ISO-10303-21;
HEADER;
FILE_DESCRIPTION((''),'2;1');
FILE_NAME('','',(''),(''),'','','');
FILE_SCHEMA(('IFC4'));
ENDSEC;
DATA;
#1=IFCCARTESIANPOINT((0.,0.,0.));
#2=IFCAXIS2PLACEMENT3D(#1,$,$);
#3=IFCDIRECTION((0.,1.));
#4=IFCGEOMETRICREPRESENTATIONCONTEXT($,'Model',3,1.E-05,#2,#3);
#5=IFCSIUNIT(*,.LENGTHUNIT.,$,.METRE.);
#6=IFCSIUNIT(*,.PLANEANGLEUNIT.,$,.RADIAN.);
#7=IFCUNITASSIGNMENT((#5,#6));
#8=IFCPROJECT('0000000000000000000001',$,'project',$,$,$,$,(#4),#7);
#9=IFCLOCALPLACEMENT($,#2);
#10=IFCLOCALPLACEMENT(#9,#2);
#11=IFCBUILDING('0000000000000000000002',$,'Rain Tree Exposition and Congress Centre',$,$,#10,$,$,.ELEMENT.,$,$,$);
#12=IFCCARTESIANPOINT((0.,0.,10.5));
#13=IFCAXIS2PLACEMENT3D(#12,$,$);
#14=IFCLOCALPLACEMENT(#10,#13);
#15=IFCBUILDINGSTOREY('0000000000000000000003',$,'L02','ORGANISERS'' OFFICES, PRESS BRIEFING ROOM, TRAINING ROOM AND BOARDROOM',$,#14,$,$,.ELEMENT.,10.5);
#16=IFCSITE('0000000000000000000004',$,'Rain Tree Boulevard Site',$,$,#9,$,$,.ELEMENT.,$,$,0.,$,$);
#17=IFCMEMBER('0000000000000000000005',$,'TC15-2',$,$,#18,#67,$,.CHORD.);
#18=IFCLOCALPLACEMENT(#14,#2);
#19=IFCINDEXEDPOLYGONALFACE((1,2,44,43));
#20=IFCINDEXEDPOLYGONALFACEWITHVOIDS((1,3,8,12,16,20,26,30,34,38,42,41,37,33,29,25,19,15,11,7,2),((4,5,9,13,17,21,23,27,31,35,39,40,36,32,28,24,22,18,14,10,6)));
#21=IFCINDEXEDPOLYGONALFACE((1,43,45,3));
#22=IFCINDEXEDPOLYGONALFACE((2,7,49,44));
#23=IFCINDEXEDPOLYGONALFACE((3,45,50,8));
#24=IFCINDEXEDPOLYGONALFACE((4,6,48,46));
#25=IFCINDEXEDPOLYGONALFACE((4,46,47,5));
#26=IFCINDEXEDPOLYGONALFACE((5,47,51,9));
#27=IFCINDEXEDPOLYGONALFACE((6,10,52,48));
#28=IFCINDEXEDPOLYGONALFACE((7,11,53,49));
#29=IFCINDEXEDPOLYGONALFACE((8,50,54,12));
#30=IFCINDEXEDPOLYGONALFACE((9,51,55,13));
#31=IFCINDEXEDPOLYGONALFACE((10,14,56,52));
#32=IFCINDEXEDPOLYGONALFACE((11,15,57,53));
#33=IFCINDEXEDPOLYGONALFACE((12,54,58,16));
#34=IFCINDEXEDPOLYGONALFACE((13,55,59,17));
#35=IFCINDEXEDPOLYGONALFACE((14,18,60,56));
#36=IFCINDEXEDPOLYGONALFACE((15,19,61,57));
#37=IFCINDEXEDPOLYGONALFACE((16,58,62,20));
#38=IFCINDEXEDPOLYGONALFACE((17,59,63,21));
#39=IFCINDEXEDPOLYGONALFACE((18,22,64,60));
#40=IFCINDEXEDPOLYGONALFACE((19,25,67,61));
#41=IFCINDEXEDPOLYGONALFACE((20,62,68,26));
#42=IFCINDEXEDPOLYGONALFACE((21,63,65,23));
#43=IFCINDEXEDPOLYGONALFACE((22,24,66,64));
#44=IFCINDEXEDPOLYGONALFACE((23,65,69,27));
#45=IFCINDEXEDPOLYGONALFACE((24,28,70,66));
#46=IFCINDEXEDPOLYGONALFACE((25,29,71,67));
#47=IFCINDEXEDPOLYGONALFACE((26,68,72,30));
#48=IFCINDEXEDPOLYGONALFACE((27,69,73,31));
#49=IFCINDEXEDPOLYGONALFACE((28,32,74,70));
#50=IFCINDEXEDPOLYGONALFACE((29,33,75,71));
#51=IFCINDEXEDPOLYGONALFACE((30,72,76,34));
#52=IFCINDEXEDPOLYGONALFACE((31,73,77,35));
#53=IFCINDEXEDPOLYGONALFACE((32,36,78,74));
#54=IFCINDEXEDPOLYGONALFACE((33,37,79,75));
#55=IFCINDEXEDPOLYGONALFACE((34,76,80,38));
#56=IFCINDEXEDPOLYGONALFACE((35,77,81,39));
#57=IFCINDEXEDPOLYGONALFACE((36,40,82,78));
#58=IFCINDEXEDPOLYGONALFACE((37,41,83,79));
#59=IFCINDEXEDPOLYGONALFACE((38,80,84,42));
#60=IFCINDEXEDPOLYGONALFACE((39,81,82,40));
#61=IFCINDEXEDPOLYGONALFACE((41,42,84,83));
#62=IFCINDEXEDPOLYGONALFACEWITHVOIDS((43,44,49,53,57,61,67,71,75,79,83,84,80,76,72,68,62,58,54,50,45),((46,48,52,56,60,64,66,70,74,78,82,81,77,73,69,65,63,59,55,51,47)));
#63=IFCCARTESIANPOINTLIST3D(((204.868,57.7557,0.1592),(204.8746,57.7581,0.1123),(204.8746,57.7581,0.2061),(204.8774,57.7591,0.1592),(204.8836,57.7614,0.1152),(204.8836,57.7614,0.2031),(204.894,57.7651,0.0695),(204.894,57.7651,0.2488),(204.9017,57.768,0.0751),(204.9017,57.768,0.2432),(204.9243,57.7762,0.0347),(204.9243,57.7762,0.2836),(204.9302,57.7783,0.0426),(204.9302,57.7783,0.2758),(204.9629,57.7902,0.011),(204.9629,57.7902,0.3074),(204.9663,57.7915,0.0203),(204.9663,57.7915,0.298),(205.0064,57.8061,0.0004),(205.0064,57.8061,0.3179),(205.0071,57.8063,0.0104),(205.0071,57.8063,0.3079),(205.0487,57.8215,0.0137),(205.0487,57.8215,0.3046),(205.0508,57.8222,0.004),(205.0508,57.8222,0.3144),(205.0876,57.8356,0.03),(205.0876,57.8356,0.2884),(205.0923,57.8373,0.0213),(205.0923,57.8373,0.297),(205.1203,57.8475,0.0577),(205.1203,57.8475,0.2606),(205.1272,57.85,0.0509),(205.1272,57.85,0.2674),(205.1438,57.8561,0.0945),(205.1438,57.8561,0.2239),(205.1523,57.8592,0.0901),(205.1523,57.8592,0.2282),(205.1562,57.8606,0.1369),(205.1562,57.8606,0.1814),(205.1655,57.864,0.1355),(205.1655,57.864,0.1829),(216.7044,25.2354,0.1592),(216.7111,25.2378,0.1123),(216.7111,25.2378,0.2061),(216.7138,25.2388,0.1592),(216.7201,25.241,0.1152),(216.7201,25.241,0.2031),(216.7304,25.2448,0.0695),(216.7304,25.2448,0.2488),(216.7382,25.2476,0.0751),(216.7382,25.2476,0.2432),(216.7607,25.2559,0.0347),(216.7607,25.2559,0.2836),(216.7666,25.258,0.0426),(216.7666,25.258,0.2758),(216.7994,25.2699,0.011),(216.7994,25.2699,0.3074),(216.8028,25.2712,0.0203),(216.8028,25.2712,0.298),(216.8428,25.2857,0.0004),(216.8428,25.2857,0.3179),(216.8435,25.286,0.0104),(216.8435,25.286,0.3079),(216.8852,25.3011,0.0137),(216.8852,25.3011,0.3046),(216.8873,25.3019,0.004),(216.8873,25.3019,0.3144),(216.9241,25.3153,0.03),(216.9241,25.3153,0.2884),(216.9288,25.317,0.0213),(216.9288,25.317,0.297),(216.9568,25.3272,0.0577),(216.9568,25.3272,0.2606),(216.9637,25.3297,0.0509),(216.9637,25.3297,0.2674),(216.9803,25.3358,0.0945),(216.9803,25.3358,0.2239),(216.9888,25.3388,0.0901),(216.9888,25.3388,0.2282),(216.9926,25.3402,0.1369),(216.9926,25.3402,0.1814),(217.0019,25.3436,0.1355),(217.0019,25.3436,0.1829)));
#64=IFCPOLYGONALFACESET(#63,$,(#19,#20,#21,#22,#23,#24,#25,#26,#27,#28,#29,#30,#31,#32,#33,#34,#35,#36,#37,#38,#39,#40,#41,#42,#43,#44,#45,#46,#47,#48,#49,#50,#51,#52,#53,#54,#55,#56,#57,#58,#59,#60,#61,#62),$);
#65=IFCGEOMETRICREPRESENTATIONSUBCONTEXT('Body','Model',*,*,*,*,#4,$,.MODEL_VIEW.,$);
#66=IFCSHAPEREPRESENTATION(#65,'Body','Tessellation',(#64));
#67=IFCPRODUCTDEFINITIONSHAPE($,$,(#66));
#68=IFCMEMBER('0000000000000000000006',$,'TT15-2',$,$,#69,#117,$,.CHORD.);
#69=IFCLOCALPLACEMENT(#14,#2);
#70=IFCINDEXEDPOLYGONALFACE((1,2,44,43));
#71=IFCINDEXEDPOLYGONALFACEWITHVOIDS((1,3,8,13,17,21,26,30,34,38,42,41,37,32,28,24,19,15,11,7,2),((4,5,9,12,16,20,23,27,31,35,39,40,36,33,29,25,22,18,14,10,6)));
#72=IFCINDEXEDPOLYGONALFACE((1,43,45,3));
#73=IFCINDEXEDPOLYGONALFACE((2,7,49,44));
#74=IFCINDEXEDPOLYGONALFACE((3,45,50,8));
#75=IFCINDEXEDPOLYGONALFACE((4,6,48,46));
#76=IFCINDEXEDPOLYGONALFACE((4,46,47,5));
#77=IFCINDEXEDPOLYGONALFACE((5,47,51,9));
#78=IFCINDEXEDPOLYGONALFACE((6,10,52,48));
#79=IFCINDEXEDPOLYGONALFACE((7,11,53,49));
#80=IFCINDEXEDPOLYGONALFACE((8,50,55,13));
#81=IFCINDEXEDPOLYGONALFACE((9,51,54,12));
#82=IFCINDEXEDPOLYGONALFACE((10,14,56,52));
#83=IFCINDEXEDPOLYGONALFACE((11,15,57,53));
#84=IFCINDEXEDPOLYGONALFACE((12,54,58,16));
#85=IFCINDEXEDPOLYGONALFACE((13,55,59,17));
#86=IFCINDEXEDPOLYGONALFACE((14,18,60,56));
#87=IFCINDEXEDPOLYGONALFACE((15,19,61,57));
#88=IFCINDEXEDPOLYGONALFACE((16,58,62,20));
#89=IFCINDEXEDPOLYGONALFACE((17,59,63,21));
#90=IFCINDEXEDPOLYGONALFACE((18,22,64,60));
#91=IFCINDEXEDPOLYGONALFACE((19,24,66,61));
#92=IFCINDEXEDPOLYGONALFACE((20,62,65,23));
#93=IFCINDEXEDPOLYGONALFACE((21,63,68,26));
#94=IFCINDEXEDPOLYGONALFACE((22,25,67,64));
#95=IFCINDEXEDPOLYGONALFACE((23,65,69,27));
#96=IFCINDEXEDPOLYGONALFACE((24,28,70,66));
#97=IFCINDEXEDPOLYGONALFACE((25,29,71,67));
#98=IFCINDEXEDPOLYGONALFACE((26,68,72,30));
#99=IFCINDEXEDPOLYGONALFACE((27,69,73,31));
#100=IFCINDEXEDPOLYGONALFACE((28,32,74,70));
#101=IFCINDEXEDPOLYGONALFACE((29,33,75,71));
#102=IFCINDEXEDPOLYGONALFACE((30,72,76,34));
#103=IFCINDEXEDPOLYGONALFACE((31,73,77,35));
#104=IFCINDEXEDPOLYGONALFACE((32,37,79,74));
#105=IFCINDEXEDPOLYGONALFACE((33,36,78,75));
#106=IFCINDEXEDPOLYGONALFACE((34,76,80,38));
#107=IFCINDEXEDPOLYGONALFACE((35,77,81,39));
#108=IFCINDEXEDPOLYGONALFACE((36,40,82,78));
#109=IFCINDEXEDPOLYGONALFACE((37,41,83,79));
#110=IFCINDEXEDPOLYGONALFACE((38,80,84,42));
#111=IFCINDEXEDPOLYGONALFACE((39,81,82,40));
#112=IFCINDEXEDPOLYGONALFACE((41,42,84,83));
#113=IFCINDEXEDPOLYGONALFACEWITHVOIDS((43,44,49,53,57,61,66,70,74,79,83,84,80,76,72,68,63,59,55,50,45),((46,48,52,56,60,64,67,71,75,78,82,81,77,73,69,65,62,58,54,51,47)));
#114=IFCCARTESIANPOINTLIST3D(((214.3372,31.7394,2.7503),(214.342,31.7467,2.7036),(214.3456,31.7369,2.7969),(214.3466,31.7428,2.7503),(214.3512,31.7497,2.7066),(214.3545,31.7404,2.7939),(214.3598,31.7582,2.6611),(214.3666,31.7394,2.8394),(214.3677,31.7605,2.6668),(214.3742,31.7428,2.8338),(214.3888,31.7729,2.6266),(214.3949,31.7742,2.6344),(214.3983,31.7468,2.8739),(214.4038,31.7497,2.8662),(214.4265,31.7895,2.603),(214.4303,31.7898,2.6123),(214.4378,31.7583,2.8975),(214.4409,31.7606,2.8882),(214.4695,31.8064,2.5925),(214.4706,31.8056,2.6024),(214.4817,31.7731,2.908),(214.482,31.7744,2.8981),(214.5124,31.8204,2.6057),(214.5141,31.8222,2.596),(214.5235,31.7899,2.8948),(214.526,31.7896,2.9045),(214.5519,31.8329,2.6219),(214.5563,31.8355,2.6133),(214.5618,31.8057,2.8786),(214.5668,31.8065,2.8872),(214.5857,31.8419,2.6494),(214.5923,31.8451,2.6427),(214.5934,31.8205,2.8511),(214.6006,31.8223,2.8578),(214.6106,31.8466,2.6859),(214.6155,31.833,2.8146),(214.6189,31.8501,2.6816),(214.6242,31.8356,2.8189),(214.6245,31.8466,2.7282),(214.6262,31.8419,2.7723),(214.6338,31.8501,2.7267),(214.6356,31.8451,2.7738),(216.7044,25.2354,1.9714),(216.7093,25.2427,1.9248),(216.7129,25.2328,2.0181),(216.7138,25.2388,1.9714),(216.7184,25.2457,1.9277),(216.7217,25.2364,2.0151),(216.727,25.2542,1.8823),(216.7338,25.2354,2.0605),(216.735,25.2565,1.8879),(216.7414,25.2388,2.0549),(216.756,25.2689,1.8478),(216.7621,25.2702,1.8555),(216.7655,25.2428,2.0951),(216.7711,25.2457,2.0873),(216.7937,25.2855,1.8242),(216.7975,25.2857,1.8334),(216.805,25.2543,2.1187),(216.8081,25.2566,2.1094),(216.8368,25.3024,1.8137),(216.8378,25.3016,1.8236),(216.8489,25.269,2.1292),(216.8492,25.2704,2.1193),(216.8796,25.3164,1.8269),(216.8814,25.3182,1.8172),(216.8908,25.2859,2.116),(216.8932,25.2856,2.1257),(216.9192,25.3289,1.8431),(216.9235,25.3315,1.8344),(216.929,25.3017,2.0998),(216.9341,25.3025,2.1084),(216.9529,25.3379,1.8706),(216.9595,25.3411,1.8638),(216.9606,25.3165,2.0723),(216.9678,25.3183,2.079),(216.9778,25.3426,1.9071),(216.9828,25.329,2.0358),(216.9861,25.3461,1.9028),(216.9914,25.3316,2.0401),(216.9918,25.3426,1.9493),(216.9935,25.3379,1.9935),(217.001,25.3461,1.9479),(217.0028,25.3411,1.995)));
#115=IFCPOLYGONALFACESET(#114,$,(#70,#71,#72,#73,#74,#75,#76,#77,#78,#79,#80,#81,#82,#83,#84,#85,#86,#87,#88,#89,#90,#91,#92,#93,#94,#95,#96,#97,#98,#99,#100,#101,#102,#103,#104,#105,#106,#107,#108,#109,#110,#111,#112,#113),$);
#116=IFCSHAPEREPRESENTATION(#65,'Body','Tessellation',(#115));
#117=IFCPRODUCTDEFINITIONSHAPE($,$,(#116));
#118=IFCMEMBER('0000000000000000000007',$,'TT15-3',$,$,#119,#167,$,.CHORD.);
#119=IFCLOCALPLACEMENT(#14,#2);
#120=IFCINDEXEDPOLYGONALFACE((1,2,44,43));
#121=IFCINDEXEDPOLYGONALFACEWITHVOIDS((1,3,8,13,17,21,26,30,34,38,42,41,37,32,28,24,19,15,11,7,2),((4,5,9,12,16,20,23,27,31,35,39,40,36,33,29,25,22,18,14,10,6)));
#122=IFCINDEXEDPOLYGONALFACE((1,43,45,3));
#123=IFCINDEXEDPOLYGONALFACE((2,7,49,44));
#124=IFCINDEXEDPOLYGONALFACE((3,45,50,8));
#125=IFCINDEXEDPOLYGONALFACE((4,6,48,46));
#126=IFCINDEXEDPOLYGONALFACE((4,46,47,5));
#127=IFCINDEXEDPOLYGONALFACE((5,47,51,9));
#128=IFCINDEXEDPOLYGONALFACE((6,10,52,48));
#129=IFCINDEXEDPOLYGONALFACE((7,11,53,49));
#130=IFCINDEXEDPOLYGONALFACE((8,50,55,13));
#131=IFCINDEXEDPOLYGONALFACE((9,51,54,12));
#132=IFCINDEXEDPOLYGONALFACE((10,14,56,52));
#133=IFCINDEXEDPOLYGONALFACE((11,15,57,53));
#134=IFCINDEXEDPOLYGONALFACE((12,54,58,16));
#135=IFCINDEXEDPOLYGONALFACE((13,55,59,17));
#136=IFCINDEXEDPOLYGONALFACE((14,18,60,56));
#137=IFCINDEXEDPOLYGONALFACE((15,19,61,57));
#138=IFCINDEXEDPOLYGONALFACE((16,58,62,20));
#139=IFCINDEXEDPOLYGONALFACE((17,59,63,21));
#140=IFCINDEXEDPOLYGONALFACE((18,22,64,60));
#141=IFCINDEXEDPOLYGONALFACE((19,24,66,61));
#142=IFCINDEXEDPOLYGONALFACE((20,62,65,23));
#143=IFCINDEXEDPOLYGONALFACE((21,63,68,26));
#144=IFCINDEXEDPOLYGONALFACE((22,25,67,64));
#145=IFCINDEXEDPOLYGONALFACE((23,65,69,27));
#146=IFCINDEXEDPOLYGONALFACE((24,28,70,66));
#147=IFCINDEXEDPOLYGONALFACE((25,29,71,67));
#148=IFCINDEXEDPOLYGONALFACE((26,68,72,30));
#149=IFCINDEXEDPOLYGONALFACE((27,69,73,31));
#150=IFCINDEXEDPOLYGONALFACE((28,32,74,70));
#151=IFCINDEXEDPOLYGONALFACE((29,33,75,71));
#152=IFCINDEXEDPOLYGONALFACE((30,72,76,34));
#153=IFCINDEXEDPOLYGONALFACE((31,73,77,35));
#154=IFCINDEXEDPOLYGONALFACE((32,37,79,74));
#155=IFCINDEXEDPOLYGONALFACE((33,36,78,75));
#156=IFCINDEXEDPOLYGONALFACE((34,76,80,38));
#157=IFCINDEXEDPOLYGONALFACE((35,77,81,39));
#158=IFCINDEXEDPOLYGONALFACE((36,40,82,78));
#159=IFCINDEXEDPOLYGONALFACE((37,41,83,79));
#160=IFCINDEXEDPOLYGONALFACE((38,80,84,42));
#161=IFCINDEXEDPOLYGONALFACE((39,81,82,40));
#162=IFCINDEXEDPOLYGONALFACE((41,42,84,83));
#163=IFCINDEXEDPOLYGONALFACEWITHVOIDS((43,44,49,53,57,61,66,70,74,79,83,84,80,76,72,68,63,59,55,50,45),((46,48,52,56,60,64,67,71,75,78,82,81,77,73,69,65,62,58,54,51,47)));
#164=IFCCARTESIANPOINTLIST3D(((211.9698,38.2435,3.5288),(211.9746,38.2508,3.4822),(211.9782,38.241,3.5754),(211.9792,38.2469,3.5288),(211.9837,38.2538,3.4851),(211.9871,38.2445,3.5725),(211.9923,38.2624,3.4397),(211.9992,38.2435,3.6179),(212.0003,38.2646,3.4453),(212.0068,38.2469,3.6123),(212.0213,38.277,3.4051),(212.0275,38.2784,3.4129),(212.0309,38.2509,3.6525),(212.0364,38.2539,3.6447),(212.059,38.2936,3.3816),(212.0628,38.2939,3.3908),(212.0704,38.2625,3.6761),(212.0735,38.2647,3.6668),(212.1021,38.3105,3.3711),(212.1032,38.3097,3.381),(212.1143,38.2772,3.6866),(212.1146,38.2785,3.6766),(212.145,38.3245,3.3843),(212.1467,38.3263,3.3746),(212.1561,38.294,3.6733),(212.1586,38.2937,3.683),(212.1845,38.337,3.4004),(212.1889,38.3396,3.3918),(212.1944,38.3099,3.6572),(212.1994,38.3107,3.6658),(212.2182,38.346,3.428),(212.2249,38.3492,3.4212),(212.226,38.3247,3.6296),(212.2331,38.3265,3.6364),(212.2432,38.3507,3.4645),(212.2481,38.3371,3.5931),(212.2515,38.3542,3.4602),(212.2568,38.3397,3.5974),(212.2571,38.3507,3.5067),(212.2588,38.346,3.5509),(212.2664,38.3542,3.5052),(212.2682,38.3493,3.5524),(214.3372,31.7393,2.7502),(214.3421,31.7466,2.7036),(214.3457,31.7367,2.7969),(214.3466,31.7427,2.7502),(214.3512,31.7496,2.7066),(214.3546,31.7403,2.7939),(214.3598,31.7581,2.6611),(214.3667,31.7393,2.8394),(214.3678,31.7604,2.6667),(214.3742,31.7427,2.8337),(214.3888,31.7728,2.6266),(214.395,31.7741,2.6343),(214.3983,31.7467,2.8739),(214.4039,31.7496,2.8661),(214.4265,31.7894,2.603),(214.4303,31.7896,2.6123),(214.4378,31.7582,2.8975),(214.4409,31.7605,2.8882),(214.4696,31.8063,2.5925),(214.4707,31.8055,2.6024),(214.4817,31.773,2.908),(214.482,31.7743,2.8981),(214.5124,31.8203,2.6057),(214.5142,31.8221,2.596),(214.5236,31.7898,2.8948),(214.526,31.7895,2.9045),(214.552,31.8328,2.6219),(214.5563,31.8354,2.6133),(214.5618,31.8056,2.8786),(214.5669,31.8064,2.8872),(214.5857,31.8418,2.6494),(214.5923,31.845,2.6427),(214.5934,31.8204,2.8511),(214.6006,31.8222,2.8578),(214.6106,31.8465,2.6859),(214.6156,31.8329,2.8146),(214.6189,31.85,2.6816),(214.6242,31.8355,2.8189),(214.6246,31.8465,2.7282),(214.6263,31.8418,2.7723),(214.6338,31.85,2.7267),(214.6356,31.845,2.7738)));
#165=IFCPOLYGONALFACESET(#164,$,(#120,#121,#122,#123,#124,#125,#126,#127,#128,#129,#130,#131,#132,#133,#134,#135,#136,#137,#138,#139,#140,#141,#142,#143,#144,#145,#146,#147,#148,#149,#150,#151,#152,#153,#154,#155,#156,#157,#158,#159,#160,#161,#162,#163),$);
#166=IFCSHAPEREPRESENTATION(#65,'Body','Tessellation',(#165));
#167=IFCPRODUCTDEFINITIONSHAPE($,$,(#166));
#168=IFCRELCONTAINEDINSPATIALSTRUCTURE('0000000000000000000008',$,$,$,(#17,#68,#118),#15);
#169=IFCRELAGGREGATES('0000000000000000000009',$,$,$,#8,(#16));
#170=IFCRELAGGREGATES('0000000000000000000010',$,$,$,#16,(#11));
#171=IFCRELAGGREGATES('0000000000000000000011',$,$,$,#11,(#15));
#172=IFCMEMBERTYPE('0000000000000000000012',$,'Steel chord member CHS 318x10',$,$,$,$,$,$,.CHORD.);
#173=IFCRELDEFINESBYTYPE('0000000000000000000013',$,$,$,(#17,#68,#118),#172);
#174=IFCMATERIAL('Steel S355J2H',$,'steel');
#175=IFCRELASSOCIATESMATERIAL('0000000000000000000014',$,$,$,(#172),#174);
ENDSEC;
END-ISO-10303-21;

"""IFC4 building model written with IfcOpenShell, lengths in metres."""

from ifc_helpers import new_model, si_unit, direction, frame, origin, origin_2d, place, context, subcontext, project, spatial, hollow_circle, extrude, material, material_profile, profile_set, type_object, element, save


model = new_model("IFC4")

# Units and contexts
model_context = context("Model", 3, precision=1e-05, world=origin(), true_north=direction((0.0, 1.0)))
body_context = subcontext(model_context, "Body", "Model", "MODEL_VIEW")
ifc_project = project(units=[si_unit("LENGTHUNIT", "METRE"), si_unit("PLANEANGLEUNIT", "RADIAN")], contexts=[model_context])

# Site, building, storey
site_placement = place(None, origin())
site = spatial("IfcSite", under=ifc_project, at=site_placement, Name="Rain Tree Boulevard Site", CompositionType="ELEMENT", RefElevation=0.0)
building_placement = place(site_placement, origin())
building = spatial("IfcBuilding", under=site, at=building_placement, Name="Rain Tree Exposition and Congress Centre", CompositionType="ELEMENT")
storey_placement = place(building_placement, frame((0.0, 0.0, 10.5)))
storey = spatial("IfcBuildingStorey", under=building, at=storey_placement, Name="L02", Description="ORGANISERS' OFFICES, PRESS BRIEFING ROOM, TRAINING ROOM AND BOARDROOM", CompositionType="ELEMENT", Elevation=10.5)

# Members
ifc_material_1 = material(Name="Steel S355J2H", Category="steel")
ifc_material_profile_1 = material_profile(ifc_material_1, hollow_circle(Radius=0.1592, WallThickness=0.01, at=origin_2d()), Name="CHS 318x10")
ifc_profile_set_1 = profile_set([ifc_material_profile_1], Name="Steel S355J2H")
member_type_1 = type_object("IfcMemberType", Name="Steel chord member CHS 318x10", PredefinedType="CHORD", material=ifc_profile_set_1)
member_1_placement = place(storey_placement, frame((216.854, 25.2898, 0.1592), z_axis=(-0.342021, 0.939692, 0.0), x_axis=(-0.939692, -0.342021, 0.0)))
element("IfcMember", 1, at=member_1_placement, inside=storey, type_object=member_type_1, Name="TC15-2", PredefinedType="CHORD", context=body_context, shape_type="SweptSolid", body=[
    extrude(hollow_circle(Radius=0.1592, WallThickness=0.01, at=origin_2d()), origin(), (0.0, 0.0, 1.0), 34.6074),
])
member_2_placement = place(storey_placement, frame((216.854, 25.2898, 1.9714), z_axis=(-0.33987, 0.933801, 0.111818), x_axis=(-0.939695, -0.342015, 0.0)))
element("IfcMember", 2, at=member_2_placement, inside=storey, type_object=member_type_1, Name="TT15-2", PredefinedType="CHORD", context=body_context, shape_type="SweptSolid", body=[
    extrude(hollow_circle(Radius=0.1592, WallThickness=0.01, at=origin_2d()), origin(), (0.0, 0.0, 1.0), 6.9651),
])
member_3_placement = place(storey_placement, frame((214.4868, 31.7937, 2.7502), z_axis=(-0.339891, 0.933798, 0.111778), x_axis=(-0.939687, -0.342035, 0.0)))
element("IfcMember", 3, at=member_3_placement, inside=storey, type_object=member_type_1, Name="TT15-3", PredefinedType="CHORD", context=body_context, shape_type="SweptSolid", body=[
    extrude(hollow_circle(Radius=0.1592, WallThickness=0.01, at=origin_2d()), origin(), (0.0, 0.0, 1.0), 6.9653),
])

save(model, "model.ifc")
